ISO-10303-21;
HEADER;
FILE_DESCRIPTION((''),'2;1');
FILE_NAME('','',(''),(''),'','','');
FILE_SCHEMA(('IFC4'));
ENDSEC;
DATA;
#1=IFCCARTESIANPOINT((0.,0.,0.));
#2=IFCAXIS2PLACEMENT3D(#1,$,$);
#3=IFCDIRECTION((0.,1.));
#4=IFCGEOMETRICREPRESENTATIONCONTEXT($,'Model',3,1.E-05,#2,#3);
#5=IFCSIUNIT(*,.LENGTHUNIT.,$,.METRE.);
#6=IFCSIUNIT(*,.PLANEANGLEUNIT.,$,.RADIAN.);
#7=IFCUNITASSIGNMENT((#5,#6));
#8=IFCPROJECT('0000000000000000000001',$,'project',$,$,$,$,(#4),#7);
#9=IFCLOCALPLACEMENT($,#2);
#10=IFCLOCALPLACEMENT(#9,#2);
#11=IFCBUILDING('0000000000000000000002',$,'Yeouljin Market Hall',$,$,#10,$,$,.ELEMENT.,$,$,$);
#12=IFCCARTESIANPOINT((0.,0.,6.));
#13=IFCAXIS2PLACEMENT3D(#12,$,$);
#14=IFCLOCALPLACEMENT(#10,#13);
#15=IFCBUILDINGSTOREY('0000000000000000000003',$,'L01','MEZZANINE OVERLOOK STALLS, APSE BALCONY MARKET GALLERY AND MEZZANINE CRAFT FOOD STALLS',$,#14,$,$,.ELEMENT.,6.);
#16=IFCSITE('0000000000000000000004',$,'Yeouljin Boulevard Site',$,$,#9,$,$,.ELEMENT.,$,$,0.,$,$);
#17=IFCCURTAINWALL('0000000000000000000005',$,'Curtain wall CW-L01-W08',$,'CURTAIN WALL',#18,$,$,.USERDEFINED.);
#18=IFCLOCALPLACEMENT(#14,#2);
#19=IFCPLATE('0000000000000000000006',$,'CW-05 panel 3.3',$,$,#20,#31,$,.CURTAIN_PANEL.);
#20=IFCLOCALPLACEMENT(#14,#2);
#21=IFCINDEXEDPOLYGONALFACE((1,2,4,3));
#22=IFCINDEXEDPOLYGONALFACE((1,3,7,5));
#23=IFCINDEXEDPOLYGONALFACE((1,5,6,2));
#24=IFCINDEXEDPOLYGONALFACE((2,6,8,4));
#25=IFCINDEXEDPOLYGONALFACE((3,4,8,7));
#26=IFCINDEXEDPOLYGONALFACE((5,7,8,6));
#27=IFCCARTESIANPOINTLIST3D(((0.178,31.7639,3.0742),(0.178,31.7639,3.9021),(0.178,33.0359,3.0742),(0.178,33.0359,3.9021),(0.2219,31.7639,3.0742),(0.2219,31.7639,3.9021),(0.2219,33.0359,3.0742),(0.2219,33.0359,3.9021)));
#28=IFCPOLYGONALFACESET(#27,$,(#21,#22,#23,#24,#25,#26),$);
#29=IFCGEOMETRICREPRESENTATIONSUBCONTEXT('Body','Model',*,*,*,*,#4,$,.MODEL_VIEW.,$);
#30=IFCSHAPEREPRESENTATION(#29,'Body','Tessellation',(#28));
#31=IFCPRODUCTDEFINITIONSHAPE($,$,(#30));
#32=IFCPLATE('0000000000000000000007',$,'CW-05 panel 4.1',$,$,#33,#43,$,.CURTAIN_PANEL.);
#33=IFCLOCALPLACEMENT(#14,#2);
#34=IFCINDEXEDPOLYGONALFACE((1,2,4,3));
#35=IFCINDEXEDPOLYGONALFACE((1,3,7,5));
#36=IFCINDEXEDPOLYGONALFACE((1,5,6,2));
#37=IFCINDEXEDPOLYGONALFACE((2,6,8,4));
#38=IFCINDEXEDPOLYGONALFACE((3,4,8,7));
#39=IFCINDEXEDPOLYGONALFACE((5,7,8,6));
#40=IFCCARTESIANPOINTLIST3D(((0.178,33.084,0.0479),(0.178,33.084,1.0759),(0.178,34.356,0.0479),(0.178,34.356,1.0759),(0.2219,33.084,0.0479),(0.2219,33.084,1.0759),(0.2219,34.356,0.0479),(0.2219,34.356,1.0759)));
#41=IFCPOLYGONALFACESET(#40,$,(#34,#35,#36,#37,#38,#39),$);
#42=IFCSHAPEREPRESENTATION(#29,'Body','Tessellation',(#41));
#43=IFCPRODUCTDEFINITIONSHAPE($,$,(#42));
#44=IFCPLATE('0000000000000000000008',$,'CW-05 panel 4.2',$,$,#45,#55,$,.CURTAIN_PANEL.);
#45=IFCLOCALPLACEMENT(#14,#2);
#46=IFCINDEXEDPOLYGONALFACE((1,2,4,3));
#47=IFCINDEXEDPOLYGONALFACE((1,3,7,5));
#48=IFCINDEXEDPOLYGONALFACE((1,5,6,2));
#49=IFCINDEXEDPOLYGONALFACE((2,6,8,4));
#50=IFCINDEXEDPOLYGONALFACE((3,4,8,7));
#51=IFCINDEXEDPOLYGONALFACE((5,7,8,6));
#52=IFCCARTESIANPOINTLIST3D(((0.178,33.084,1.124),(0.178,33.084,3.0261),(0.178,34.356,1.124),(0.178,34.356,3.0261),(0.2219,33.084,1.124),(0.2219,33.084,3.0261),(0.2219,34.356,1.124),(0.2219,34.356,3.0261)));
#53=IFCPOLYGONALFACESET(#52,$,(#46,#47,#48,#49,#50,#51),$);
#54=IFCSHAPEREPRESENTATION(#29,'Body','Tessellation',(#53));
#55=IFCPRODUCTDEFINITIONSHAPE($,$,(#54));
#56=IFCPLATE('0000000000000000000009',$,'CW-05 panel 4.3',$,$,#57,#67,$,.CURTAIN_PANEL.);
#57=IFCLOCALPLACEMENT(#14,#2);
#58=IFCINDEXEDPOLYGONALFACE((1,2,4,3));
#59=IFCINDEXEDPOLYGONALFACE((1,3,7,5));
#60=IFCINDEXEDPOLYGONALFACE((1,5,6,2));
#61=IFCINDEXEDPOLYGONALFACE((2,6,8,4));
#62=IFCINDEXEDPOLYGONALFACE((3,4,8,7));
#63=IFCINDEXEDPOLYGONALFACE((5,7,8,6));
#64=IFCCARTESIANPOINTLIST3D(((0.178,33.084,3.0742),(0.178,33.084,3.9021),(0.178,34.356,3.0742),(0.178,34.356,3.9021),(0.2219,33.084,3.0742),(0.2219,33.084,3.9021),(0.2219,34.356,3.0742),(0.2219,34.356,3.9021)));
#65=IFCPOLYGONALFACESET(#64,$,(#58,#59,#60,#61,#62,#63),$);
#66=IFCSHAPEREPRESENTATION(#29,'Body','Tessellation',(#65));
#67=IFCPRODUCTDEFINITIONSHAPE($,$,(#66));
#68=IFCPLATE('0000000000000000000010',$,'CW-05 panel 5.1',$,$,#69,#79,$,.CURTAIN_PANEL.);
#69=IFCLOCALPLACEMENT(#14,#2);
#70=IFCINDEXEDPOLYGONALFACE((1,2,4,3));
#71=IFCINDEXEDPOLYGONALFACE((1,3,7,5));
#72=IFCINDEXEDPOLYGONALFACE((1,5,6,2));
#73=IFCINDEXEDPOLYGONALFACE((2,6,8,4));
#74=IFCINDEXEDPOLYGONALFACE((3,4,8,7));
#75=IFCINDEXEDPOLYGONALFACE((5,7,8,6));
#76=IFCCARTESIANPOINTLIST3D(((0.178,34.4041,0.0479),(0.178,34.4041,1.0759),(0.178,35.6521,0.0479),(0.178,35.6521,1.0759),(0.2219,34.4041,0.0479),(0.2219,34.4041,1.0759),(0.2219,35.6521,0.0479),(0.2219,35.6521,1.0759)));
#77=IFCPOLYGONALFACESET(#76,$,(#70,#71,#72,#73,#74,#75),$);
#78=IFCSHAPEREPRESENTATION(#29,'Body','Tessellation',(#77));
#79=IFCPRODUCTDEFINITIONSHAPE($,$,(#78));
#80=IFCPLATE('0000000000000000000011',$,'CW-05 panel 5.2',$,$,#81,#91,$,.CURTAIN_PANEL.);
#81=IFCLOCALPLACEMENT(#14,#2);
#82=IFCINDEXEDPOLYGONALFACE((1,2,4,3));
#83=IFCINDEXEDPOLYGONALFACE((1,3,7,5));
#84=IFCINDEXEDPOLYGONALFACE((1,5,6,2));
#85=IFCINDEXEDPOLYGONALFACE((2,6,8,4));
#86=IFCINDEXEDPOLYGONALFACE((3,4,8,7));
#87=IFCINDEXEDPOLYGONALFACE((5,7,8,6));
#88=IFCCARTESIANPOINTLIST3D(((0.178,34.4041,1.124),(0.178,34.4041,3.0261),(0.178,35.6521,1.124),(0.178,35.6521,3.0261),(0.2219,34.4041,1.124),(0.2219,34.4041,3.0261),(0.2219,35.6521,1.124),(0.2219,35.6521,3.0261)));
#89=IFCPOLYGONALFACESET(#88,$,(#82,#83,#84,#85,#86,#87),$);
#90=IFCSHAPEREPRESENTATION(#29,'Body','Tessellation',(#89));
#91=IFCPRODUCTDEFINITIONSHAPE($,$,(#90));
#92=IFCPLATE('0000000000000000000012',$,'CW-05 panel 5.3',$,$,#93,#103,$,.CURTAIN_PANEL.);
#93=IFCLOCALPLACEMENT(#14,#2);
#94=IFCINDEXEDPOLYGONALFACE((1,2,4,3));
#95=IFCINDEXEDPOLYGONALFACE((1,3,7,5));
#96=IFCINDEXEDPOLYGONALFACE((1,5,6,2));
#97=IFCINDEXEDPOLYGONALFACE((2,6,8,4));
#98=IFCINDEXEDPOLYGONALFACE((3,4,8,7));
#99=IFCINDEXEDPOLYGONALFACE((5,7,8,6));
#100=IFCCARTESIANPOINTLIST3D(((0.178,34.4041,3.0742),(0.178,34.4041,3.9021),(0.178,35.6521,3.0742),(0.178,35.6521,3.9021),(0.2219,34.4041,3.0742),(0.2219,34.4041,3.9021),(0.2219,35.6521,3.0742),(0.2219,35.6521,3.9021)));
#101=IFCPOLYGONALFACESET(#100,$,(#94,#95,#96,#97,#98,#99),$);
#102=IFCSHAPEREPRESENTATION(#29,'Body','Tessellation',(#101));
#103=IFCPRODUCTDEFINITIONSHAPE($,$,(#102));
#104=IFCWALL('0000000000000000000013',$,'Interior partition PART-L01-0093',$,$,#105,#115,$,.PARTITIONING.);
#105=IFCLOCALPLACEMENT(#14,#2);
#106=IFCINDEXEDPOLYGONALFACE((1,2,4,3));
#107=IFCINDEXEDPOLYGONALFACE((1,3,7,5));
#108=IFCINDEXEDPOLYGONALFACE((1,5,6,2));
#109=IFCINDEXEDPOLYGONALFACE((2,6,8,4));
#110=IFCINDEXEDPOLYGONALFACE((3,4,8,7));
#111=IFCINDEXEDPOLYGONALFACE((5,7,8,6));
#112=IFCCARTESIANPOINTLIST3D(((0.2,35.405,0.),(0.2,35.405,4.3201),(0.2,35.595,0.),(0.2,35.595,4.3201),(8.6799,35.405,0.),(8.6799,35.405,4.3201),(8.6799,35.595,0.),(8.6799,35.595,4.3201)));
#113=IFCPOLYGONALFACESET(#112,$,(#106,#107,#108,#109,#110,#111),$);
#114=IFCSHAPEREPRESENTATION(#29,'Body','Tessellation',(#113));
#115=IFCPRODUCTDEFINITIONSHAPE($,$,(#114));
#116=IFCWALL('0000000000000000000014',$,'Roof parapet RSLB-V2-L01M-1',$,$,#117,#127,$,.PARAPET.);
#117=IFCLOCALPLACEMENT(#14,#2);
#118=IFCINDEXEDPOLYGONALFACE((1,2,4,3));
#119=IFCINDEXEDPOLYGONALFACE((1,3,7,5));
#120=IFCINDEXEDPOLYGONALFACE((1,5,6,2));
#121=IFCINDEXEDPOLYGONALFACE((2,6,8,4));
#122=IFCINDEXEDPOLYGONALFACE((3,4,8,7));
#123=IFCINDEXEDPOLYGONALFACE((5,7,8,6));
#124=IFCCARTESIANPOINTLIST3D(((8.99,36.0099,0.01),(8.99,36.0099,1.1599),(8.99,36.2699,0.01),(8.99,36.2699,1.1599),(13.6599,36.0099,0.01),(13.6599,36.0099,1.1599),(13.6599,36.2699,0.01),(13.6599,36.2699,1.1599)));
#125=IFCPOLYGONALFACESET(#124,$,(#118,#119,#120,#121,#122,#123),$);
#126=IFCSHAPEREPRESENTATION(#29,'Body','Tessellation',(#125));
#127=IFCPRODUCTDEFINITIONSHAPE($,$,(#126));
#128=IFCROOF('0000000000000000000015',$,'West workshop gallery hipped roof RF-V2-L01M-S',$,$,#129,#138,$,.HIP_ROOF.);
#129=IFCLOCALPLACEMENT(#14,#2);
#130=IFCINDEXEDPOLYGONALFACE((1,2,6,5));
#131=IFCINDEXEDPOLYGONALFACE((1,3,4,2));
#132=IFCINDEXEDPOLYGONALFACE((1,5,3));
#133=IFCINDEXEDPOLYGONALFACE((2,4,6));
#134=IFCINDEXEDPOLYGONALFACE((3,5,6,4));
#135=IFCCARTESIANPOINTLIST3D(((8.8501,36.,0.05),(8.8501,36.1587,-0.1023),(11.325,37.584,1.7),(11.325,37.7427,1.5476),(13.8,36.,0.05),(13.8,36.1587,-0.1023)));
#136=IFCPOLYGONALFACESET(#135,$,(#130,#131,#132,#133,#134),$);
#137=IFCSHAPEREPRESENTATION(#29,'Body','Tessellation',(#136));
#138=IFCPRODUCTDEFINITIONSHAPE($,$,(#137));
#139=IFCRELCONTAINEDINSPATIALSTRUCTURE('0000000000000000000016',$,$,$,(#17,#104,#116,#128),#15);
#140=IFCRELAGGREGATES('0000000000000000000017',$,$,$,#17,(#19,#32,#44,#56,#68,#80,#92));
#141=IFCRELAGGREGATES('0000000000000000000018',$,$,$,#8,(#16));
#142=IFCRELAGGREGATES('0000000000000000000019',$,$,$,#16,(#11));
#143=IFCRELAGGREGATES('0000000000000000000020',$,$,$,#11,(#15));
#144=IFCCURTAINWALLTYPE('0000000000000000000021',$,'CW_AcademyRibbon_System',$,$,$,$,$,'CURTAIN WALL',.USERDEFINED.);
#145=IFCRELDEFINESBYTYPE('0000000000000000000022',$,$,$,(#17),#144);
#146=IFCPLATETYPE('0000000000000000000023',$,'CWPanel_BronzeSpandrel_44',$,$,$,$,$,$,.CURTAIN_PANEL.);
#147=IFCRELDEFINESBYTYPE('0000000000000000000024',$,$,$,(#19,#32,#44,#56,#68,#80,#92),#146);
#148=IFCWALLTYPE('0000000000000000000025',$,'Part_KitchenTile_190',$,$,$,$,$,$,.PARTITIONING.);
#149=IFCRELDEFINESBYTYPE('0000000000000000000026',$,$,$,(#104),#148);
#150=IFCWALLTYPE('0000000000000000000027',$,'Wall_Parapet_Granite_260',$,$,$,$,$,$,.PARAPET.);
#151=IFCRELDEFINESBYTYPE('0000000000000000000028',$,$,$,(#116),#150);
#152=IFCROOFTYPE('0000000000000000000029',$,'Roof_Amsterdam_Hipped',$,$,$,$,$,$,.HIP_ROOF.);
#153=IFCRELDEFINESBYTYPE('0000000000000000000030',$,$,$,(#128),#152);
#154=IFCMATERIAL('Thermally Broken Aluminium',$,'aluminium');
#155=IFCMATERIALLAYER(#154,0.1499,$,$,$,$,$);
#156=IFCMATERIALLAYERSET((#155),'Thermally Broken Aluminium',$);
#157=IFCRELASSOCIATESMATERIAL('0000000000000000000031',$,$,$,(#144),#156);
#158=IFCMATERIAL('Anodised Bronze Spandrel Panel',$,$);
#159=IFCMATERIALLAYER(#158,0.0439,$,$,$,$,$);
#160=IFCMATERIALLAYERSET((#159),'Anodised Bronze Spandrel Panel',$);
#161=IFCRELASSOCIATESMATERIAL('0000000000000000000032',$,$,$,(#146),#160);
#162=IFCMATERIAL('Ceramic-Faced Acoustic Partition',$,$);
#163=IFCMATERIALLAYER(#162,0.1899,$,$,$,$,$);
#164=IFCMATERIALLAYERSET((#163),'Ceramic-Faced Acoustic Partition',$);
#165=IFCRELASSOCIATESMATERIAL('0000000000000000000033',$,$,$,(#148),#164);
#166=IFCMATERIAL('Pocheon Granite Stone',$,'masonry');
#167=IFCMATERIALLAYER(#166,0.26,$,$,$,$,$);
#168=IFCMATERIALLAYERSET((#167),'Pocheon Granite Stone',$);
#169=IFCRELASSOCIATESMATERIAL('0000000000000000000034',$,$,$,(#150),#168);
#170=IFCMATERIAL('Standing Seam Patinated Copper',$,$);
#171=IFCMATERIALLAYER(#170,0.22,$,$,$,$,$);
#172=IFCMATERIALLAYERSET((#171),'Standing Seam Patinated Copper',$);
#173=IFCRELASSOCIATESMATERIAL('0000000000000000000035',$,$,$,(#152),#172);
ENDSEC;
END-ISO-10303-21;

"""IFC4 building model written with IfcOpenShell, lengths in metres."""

from ifc_helpers import new_model, si_unit, direction, frame, frame_2d, origin, origin_2d, place, context, subcontext, project, spatial, polyline, rectangle, outline, extrude, material, layer, layer_set, type_object, element, aggregate, save


model = new_model("IFC4")

# Units and contexts
model_context = context("Model", 3, precision=1e-05, world=origin(), true_north=direction((0.0, 1.0)))
body_context = subcontext(model_context, "Body", "Model", "MODEL_VIEW")
ifc_project = project(units=[si_unit("LENGTHUNIT", "METRE"), si_unit("PLANEANGLEUNIT", "RADIAN")], contexts=[model_context])

# Site, building, storey
site_placement = place(None, origin())
site = spatial("IfcSite", under=ifc_project, at=site_placement, Name="Yeouljin Boulevard Site", CompositionType="ELEMENT", RefElevation=0.0)
building_placement = place(site_placement, origin())
building = spatial("IfcBuilding", under=site, at=building_placement, Name="Yeouljin Market Hall", CompositionType="ELEMENT")
storey_placement = place(building_placement, frame((0.0, 0.0, 6.0)))
storey = spatial("IfcBuildingStorey", under=building, at=storey_placement, Name="L01", Description="MEZZANINE OVERLOOK STALLS, APSE BALCONY MARKET GALLERY AND MEZZANINE CRAFT FOOD STALLS", CompositionType="ELEMENT", Elevation=6.0)

# Curtain wall
ifc_material_1 = material(Name="Thermally Broken Aluminium", Category="aluminium")
ifc_layer_1 = layer(ifc_material_1, 0.1499)
ifc_layer_set_1 = layer_set([ifc_layer_1], Name="Thermally Broken Aluminium")
curtain_wall_type = type_object("IfcCurtainWallType", Name="CW_AcademyRibbon_System", ElementType="CURTAIN WALL", PredefinedType="USERDEFINED", material=ifc_layer_set_1)
curtain_wall_placement = place(storey_placement, origin())
curtain_wall = element("IfcCurtainWall", 1, at=curtain_wall_placement, inside=storey, type_object=curtain_wall_type, Name="Curtain wall CW-L01-W08", ObjectType="CURTAIN WALL", PredefinedType="USERDEFINED")

# Plates
ifc_material_2 = material(Name="Anodised Bronze Spandrel Panel")
ifc_layer_2 = layer(ifc_material_2, 0.0439)
ifc_layer_set_2 = layer_set([ifc_layer_2], Name="Anodised Bronze Spandrel Panel")
plate_type = type_object("IfcPlateType", Name="CWPanel_BronzeSpandrel_44", PredefinedType="CURTAIN_PANEL", material=ifc_layer_set_2)
plate_1_placement = place(storey_placement, frame((0.2, 32.3999, 3.0742), z_axis=(0.0, 0.0, 1.0), x_axis=(0.0, 1.0, 0.0)))
plate_1 = element("IfcPlate", 2, at=plate_1_placement, type_object=plate_type, Name="CW-05 panel 3.3", PredefinedType="CURTAIN_PANEL", context=body_context, shape_type="SweptSolid", body=[
    extrude(rectangle(XDim=1.272, YDim=0.0439, at=origin_2d()), origin(), (0.0, 0.0, 1.0), 0.8279),
])
plate_2_placement = place(storey_placement, frame((0.2, 33.72, 0.0479), z_axis=(0.0, 0.0, 1.0), x_axis=(0.0, 1.0, 0.0)))
plate_2 = element("IfcPlate", 3, at=plate_2_placement, type_object=plate_type, Name="CW-05 panel 4.1", PredefinedType="CURTAIN_PANEL", context=body_context, shape_type="SweptSolid", body=[
    extrude(rectangle(XDim=1.272, YDim=0.0439, at=origin_2d()), origin(), (0.0, 0.0, 1.0), 1.0281),
])
plate_3_placement = place(storey_placement, frame((0.2, 33.72, 1.124), z_axis=(0.0, 0.0, 1.0), x_axis=(0.0, 1.0, 0.0)))
plate_3 = element("IfcPlate", 4, at=plate_3_placement, type_object=plate_type, Name="CW-05 panel 4.2", PredefinedType="CURTAIN_PANEL", context=body_context, shape_type="SweptSolid", body=[
    extrude(rectangle(XDim=1.272, YDim=0.0439, at=origin_2d()), origin(), (0.0, 0.0, 1.0), 1.9021),
])
plate_4_placement = place(storey_placement, frame((0.2, 33.72, 3.0742), z_axis=(0.0, 0.0, 1.0), x_axis=(0.0, 1.0, 0.0)))
plate_4 = element("IfcPlate", 5, at=plate_4_placement, type_object=plate_type, Name="CW-05 panel 4.3", PredefinedType="CURTAIN_PANEL", context=body_context, shape_type="SweptSolid", body=[
    extrude(rectangle(XDim=1.272, YDim=0.0439, at=origin_2d()), origin(), (0.0, 0.0, 1.0), 0.8279),
])
plate_5_placement = place(storey_placement, frame((0.2, 35.0281, 0.0479), z_axis=(0.0, 0.0, 1.0), x_axis=(0.0, 1.0, 0.0)))
plate_5 = element("IfcPlate", 6, at=plate_5_placement, type_object=plate_type, Name="CW-05 panel 5.1", PredefinedType="CURTAIN_PANEL", context=body_context, shape_type="SweptSolid", body=[
    extrude(rectangle(XDim=1.248, YDim=0.0439, at=origin_2d()), origin(), (0.0, 0.0, 1.0), 1.0281),
])
plate_6_placement = place(storey_placement, frame((0.2, 35.0281, 1.124), z_axis=(0.0, 0.0, 1.0), x_axis=(0.0, 1.0, 0.0)))
plate_6 = element("IfcPlate", 7, at=plate_6_placement, type_object=plate_type, Name="CW-05 panel 5.2", PredefinedType="CURTAIN_PANEL", context=body_context, shape_type="SweptSolid", body=[
    extrude(rectangle(XDim=1.248, YDim=0.0439, at=origin_2d()), origin(), (0.0, 0.0, 1.0), 1.9021),
])
plate_7_placement = place(storey_placement, frame((0.2, 35.0281, 3.0742), z_axis=(0.0, 0.0, 1.0), x_axis=(0.0, 1.0, 0.0)))
plate_7 = element("IfcPlate", 8, at=plate_7_placement, type_object=plate_type, Name="CW-05 panel 5.3", PredefinedType="CURTAIN_PANEL", context=body_context, shape_type="SweptSolid", body=[
    extrude(rectangle(XDim=1.248, YDim=0.0439, at=origin_2d()), origin(), (0.0, 0.0, 1.0), 0.8279),
])
aggregate(curtain_wall, [plate_1, plate_2, plate_3, plate_4, plate_5, plate_6, plate_7])

# Walls
ifc_material_3 = material(Name="Ceramic-Faced Acoustic Partition")
ifc_layer_3 = layer(ifc_material_3, 0.1899)
ifc_layer_set_3 = layer_set([ifc_layer_3], Name="Ceramic-Faced Acoustic Partition")
wall_type_1 = type_object("IfcWallType", Name="Part_KitchenTile_190", PredefinedType="PARTITIONING", material=ifc_layer_set_3)
wall_1_placement = place(storey_placement, frame((8.6799, 35.5, 0.0), z_axis=(0.0, 0.0, 1.0), x_axis=(-1.0, 0.0, 0.0)))
element("IfcWall", 9, at=wall_1_placement, inside=storey, type_object=wall_type_1, Name="Interior partition PART-L01-0093", PredefinedType="PARTITIONING", context=body_context, shape_type="SweptSolid", body=[
    extrude(rectangle(XDim=8.48, YDim=0.1899, at=frame_2d((4.24, 0.0))), origin(), (0.0, 0.0, 1.0), 4.3201),
])
ifc_material_4 = material(Name="Pocheon Granite Stone", Category="masonry")
ifc_layer_4 = layer(ifc_material_4, 0.26)
ifc_layer_set_4 = layer_set([ifc_layer_4], Name="Pocheon Granite Stone")
wall_type_2 = type_object("IfcWallType", Name="Wall_Parapet_Granite_260", PredefinedType="PARAPET", material=ifc_layer_set_4)
wall_2_placement = place(storey_placement, frame((8.99, 36.1399, 0.01), z_axis=(0.0, 0.0, 1.0), x_axis=(1.0, 0.0, 0.0)))
element("IfcWall", 10, at=wall_2_placement, inside=storey, type_object=wall_type_2, Name="Roof parapet RSLB-V2-L01M-1", PredefinedType="PARAPET", context=body_context, shape_type="SweptSolid", body=[
    extrude(rectangle(XDim=4.6699, YDim=0.26, at=frame_2d((2.335, 0.0))), origin(), (0.0, 0.0, 1.0), 1.1499),
])

# Roof
ifc_material_5 = material(Name="Standing Seam Patinated Copper")
ifc_layer_5 = layer(ifc_material_5, 0.22)
ifc_layer_set_5 = layer_set([ifc_layer_5], Name="Standing Seam Patinated Copper")
roof_type = type_object("IfcRoofType", Name="Roof_Amsterdam_Hipped", PredefinedType="HIP_ROOF", material=ifc_layer_set_5)
roof_placement = place(storey_placement, frame((8.8501, 36.0, 0.05), z_axis=(0.0, -0.72137, 0.69255), x_axis=(1.0, 0.0, 0.0)))
element("IfcRoof", 11, at=roof_placement, inside=storey, type_object=roof_type, Name="West workshop gallery hipped roof RF-V2-L01M-S", PredefinedType="HIP_ROOF", context=body_context, shape_type="SweptSolid", body=[
    extrude(outline(polyline([(0.0, 0.0), (4.95, 0.0), (2.4749, 2.2872), (0.0, 0.0)])), origin(), (0.0, 0.0, -1.0), 0.22),
])

save(model, "model.ifc")
